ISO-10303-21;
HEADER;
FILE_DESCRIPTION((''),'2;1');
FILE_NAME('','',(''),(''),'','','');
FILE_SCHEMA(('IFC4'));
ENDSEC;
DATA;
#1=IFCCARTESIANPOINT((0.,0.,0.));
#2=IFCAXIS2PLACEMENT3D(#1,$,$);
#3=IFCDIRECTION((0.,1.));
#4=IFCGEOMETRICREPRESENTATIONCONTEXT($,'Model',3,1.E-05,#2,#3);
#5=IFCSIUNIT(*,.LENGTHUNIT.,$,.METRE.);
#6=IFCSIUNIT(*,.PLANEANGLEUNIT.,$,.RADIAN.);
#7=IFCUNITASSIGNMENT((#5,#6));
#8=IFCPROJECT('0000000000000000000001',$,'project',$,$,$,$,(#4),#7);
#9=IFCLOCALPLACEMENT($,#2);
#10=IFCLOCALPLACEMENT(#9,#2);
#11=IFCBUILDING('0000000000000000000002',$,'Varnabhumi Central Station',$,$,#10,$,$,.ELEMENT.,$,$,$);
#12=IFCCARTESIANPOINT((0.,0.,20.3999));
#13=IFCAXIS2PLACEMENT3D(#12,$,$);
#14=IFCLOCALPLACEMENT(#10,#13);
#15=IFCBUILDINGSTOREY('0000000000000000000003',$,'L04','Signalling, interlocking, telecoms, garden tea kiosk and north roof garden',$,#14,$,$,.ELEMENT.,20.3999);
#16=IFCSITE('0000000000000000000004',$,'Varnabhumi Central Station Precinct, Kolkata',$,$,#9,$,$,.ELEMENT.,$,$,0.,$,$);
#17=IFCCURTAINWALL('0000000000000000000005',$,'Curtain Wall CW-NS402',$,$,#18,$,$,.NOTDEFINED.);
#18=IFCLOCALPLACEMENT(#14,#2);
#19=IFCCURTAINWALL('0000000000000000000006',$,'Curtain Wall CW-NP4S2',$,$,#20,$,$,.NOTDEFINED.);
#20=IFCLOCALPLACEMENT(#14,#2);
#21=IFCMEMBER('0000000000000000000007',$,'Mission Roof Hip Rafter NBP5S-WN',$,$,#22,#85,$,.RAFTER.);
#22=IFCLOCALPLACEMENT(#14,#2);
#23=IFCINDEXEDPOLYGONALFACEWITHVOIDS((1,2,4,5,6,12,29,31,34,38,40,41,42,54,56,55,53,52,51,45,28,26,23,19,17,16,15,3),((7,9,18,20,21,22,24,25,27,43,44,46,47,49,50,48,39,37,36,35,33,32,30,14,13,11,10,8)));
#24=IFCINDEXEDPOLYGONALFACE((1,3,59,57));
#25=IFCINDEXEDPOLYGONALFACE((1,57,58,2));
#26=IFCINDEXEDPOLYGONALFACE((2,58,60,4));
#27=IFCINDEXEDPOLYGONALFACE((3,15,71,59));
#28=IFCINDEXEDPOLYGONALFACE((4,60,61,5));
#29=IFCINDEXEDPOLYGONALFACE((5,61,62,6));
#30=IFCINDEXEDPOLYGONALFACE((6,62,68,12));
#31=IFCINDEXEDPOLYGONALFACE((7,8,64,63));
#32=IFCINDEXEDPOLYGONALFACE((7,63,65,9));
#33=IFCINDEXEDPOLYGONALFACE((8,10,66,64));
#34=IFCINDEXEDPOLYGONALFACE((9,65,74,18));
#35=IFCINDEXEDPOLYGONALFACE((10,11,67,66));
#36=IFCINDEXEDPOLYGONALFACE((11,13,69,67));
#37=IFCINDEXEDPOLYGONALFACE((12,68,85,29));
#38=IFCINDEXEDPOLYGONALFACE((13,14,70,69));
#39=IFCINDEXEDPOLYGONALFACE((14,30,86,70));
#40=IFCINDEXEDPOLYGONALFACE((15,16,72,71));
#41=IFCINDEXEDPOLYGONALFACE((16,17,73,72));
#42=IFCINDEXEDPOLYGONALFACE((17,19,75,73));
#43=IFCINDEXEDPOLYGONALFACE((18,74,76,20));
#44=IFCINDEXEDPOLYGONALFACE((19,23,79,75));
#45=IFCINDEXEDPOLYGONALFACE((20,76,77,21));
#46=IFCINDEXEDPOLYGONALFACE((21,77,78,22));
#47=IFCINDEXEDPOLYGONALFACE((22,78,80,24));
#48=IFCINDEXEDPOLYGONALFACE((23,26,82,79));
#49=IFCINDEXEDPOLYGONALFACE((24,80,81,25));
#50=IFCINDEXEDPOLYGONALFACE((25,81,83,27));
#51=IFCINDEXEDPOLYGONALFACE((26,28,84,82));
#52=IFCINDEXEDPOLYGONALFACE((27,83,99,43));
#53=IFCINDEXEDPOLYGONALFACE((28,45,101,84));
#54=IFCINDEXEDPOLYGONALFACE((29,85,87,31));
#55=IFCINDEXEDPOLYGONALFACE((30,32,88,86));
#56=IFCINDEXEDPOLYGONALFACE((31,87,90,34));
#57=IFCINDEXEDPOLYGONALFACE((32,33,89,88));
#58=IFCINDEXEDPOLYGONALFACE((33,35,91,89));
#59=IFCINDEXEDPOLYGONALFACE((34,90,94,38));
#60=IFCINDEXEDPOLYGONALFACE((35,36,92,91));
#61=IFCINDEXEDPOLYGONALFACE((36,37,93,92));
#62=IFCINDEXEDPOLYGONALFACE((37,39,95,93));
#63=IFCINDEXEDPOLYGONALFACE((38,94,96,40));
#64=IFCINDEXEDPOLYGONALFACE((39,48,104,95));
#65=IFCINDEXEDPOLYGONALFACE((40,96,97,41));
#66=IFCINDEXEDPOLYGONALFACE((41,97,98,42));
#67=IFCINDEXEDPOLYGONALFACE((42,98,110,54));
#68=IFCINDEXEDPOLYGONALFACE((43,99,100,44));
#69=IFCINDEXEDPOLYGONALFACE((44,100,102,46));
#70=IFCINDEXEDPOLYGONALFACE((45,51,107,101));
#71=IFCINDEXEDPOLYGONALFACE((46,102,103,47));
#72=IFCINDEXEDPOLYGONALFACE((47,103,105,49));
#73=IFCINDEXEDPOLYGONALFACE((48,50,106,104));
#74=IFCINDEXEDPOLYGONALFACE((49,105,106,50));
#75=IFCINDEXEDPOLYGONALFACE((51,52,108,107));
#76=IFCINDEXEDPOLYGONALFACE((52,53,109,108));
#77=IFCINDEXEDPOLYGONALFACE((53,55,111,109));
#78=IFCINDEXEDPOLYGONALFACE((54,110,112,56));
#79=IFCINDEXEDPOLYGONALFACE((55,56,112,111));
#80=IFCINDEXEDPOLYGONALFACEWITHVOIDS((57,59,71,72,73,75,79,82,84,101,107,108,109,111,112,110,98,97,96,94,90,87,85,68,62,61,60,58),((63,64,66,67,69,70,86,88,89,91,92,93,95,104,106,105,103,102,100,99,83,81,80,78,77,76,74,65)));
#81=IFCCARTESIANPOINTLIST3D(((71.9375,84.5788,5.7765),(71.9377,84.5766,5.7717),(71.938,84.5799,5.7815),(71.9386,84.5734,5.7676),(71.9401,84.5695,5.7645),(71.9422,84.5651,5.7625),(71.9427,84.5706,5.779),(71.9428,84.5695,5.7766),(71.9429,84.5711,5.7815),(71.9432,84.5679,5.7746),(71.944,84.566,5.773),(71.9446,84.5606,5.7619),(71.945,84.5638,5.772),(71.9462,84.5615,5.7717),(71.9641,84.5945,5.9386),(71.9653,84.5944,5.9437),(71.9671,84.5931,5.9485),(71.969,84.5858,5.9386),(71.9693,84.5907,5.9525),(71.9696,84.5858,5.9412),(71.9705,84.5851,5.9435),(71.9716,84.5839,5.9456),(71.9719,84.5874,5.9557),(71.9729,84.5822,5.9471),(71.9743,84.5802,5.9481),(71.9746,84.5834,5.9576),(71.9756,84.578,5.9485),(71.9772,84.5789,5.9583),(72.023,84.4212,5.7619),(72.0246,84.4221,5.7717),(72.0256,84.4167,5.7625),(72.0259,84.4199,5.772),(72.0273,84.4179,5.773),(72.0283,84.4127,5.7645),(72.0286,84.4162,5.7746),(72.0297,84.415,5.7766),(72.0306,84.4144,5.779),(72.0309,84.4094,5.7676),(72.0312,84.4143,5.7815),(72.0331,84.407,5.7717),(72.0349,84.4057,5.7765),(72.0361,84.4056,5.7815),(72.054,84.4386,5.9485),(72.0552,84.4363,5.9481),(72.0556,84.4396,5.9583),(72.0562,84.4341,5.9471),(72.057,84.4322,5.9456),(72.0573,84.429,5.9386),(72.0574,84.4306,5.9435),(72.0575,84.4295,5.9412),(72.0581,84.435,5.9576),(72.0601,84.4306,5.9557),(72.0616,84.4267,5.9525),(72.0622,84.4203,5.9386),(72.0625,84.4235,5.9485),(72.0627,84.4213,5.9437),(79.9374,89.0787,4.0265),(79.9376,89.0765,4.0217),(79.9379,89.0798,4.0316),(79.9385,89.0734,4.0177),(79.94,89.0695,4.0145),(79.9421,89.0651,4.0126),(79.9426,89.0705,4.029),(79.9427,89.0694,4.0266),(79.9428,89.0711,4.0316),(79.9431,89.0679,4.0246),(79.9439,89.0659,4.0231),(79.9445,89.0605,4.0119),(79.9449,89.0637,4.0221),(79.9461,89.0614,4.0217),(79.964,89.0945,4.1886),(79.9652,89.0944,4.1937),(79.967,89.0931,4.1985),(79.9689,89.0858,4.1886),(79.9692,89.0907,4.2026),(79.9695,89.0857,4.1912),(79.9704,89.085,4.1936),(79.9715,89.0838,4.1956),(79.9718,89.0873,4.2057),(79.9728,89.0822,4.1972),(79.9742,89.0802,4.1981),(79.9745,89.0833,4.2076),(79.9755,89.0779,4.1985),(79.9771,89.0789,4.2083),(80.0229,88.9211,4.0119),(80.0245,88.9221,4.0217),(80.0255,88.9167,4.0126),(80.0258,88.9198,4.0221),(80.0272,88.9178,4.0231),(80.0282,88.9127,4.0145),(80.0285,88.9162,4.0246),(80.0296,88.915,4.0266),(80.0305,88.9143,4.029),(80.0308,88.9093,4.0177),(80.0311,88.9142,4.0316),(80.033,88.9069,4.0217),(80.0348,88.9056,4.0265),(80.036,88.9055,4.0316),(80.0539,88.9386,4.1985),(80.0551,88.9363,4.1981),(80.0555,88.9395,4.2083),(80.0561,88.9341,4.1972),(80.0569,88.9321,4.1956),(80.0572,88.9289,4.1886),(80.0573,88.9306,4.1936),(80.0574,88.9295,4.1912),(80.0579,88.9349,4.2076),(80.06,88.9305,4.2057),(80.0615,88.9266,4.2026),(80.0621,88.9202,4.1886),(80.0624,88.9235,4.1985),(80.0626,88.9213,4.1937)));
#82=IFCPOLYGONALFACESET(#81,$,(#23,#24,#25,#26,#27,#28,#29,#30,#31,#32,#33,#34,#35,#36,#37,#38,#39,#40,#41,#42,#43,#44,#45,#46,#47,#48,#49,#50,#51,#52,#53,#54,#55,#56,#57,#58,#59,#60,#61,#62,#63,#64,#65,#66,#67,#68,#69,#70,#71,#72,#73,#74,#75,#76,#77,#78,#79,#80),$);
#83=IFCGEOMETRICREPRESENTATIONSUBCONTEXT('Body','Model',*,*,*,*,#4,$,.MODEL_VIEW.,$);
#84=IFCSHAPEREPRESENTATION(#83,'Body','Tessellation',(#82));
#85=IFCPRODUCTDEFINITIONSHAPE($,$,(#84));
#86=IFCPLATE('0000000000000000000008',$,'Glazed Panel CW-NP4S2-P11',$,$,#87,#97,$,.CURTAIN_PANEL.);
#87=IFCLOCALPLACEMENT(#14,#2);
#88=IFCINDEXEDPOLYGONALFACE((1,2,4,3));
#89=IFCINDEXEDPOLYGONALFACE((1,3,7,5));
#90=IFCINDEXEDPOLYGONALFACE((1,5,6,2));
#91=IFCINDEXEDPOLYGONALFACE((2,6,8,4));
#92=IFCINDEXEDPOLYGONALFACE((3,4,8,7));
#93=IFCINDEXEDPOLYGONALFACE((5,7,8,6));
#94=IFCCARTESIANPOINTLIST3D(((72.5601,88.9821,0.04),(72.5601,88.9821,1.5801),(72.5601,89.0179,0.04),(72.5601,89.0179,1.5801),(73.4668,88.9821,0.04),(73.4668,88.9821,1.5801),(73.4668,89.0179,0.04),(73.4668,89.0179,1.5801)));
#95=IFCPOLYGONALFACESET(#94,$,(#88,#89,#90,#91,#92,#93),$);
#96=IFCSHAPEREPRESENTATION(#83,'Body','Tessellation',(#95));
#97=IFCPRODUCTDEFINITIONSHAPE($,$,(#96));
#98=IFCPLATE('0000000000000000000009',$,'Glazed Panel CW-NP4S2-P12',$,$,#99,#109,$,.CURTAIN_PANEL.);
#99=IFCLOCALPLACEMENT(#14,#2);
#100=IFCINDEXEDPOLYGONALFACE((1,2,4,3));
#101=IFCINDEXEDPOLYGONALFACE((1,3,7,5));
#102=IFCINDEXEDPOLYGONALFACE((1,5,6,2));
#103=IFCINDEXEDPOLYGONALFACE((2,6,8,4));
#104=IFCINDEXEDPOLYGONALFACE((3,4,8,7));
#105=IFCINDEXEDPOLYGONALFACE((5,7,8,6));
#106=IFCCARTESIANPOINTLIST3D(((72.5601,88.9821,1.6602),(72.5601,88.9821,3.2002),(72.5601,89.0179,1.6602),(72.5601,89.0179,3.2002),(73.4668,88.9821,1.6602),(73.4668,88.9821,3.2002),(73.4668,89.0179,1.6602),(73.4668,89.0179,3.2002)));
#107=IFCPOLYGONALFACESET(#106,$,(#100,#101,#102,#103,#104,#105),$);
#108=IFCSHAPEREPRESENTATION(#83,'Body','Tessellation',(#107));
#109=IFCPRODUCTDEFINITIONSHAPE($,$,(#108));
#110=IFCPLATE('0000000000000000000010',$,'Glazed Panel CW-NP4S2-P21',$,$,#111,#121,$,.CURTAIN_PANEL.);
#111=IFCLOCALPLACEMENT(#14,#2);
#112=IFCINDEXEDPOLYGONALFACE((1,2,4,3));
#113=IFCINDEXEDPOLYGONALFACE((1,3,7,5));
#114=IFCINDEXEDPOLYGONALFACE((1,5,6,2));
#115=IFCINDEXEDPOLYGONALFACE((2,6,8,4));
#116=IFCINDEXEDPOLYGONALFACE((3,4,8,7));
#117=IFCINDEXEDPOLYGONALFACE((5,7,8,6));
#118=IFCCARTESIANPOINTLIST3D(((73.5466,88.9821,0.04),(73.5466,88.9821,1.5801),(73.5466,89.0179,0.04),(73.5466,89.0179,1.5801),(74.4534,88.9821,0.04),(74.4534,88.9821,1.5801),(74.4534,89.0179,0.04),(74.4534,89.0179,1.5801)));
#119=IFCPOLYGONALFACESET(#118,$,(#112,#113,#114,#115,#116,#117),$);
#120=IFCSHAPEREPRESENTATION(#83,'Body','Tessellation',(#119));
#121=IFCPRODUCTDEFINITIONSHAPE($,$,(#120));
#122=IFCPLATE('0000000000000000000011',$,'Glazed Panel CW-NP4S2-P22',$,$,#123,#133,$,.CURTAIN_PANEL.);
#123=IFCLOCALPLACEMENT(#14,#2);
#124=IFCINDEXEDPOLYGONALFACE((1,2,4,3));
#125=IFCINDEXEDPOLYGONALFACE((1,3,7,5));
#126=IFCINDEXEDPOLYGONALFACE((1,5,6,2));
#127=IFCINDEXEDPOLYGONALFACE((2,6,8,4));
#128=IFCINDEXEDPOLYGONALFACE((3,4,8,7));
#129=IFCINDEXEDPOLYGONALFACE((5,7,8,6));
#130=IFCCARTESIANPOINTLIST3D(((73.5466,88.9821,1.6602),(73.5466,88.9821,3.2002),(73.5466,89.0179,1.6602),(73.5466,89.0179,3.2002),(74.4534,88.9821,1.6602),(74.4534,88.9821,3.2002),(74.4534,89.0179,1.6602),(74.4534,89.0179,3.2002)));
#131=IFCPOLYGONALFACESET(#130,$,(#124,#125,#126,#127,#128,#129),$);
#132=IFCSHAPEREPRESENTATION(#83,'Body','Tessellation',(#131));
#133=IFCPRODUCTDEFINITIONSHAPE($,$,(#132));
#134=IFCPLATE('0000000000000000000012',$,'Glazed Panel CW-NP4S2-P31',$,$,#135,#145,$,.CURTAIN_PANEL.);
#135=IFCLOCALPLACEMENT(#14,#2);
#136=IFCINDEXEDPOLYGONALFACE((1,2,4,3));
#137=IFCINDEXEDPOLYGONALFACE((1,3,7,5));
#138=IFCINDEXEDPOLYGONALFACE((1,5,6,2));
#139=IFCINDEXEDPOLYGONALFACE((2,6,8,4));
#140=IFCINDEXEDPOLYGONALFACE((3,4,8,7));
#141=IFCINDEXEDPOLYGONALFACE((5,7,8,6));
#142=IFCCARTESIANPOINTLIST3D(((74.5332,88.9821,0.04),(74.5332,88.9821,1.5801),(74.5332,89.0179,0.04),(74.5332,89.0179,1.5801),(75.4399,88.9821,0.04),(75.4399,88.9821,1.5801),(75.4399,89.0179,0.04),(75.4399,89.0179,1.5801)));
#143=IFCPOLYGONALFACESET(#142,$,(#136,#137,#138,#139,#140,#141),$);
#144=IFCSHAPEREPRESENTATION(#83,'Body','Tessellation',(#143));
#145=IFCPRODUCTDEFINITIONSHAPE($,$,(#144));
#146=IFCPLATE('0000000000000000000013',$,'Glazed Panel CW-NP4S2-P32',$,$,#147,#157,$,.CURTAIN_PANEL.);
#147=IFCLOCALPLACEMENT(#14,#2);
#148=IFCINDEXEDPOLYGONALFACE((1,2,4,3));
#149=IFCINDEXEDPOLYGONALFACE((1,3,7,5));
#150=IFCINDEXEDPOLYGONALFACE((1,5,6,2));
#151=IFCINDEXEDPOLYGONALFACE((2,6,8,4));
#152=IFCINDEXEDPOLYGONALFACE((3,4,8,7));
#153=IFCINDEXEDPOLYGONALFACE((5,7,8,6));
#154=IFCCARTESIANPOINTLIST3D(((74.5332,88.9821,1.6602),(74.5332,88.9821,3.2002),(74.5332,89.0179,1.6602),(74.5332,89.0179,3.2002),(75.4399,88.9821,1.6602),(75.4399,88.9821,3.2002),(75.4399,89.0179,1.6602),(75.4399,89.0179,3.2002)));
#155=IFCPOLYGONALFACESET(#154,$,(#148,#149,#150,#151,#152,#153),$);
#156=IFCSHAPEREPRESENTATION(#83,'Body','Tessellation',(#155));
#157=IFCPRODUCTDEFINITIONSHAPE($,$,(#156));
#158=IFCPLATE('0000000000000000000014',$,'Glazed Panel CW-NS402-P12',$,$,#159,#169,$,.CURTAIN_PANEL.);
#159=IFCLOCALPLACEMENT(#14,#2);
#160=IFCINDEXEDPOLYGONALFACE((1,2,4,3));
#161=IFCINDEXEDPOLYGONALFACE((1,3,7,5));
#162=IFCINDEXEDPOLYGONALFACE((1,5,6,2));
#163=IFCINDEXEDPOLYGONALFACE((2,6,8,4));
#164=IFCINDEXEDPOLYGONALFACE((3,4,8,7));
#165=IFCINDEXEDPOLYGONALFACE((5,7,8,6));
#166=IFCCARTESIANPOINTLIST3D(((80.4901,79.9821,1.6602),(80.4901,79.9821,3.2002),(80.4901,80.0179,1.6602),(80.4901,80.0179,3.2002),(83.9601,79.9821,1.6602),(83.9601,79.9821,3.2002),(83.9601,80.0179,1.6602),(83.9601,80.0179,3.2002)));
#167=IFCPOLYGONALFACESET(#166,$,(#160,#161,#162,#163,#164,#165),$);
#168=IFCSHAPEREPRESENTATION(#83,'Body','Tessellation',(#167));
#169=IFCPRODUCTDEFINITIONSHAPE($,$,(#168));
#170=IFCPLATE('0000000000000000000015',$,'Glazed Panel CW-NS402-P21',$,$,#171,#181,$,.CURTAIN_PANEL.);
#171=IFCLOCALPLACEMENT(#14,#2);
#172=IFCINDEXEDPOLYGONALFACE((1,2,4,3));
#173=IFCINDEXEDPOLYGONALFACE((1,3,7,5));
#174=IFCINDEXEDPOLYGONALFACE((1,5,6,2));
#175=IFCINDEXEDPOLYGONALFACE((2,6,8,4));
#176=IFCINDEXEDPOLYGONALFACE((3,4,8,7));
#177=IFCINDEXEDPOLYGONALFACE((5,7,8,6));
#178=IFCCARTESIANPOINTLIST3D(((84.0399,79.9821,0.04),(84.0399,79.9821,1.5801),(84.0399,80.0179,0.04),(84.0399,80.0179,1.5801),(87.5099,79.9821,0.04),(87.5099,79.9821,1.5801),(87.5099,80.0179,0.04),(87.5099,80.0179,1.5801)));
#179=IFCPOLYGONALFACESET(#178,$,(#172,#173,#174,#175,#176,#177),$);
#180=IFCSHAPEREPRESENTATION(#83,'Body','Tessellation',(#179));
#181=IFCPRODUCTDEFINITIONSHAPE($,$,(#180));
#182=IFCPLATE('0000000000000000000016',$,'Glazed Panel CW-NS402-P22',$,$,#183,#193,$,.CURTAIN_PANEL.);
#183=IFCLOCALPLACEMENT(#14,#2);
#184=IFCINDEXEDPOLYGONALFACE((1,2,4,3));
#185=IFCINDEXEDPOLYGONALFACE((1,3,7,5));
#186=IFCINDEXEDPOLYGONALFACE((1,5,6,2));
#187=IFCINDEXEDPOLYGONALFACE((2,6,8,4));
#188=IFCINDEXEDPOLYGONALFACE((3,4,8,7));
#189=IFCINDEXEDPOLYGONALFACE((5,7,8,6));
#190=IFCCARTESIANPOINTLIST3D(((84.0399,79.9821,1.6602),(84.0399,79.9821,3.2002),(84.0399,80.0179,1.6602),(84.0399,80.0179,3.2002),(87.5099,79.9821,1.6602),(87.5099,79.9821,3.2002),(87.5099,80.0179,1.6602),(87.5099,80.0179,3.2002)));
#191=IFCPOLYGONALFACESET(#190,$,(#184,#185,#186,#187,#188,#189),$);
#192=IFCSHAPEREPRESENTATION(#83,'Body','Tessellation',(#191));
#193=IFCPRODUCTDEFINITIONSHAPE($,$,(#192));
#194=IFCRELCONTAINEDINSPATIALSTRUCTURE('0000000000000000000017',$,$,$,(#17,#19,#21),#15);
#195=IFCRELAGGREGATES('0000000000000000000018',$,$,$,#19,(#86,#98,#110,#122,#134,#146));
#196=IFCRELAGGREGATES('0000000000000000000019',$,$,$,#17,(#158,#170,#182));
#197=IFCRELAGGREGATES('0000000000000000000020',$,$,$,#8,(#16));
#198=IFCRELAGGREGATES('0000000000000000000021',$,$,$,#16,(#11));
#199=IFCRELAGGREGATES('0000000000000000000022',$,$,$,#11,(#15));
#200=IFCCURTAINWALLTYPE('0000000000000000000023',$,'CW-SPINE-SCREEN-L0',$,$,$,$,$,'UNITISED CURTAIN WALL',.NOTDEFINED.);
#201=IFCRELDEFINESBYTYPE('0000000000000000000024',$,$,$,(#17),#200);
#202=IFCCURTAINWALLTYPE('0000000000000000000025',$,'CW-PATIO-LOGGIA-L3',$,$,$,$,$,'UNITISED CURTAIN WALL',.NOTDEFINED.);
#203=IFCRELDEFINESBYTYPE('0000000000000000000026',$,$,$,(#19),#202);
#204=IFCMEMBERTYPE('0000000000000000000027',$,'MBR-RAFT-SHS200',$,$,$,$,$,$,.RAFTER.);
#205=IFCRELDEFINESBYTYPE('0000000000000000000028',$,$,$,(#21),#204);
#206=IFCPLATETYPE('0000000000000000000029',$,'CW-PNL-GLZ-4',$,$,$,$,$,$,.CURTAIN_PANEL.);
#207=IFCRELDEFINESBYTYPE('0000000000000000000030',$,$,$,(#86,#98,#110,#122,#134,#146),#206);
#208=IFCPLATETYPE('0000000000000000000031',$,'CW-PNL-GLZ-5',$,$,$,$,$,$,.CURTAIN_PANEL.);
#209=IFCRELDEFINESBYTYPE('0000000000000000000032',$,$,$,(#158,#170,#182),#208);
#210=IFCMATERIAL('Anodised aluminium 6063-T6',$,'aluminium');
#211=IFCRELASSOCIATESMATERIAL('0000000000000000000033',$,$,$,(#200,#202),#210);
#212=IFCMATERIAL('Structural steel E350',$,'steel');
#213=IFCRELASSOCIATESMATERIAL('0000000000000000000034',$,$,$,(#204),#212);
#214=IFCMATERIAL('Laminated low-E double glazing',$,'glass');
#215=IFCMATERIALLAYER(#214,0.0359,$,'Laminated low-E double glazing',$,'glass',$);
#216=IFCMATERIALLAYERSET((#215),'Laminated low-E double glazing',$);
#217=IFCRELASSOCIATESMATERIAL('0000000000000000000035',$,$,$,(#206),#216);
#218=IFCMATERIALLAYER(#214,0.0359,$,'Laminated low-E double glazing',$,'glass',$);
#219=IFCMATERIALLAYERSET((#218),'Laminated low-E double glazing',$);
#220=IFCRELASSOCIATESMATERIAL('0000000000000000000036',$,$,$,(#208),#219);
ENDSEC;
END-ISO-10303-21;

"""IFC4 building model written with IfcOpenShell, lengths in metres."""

from ifc_helpers import new_model, si_unit, direction, frame, origin, origin_2d, place, context, subcontext, project, spatial, rectangle, hollow_rectangle, extrude, material, layer, layer_set, material_profile, profile_set, type_object, element, aggregate, save


model = new_model("IFC4")

# Units and contexts
model_context = context("Model", 3, precision=1e-05, world=origin(), true_north=direction((0.0, 1.0)))
body_context = subcontext(model_context, "Body", "Model", "MODEL_VIEW")
ifc_project = project(units=[si_unit("LENGTHUNIT", "METRE"), si_unit("PLANEANGLEUNIT", "RADIAN")], contexts=[model_context])

# Site, building, storey
site_placement = place(None, origin())
site = spatial("IfcSite", under=ifc_project, at=site_placement, Name="Varnabhumi Central Station Precinct, Kolkata", CompositionType="ELEMENT", RefElevation=0.0)
building_placement = place(site_placement, origin())
building = spatial("IfcBuilding", under=site, at=building_placement, Name="Varnabhumi Central Station", CompositionType="ELEMENT")
storey_placement = place(building_placement, frame((0.0, 0.0, 20.3999)))
storey = spatial("IfcBuildingStorey", under=building, at=storey_placement, Name="L04", Description="Signalling, interlocking, telecoms, garden tea kiosk and north roof garden", CompositionType="ELEMENT", Elevation=20.3999)

# Shared definitions
ifc_material_1 = material(Name="Structural steel E350", Category="steel")

# Curtain walls
ifc_material_2 = material(Name="Anodised aluminium 6063-T6", Category="aluminium")
curtain_wall_type_1 = type_object("IfcCurtainWallType", Name="CW-SPINE-SCREEN-L0", ElementType="UNITISED CURTAIN WALL", PredefinedType="NOTDEFINED", material=ifc_material_2)
curtain_wall_1_placement = place(storey_placement, origin())
curtain_wall_1 = element("IfcCurtainWall", 1, at=curtain_wall_1_placement, inside=storey, type_object=curtain_wall_type_1, Name="Curtain Wall CW-NS402", PredefinedType="NOTDEFINED")
curtain_wall_type_2 = type_object("IfcCurtainWallType", Name="CW-PATIO-LOGGIA-L3", ElementType="UNITISED CURTAIN WALL", PredefinedType="NOTDEFINED", material=ifc_material_2)
curtain_wall_2_placement = place(storey_placement, origin())
curtain_wall_2 = element("IfcCurtainWall", 2, at=curtain_wall_2_placement, inside=storey, type_object=curtain_wall_type_2, Name="Curtain Wall CW-NP4S2", PredefinedType="NOTDEFINED")

# Member
ifc_material_profile_1 = material_profile(ifc_material_1, hollow_rectangle(XDim=0.2, YDim=0.2, WallThickness=0.01, InnerFilletRadius=0.01, OuterFilletRadius=0.02, at=origin_2d()), Name="Structural steel E350", Category="steel")
ifc_profile_set_1 = profile_set([ifc_material_profile_1], Name="Structural steel E350")
member_type_1 = type_object("IfcMemberType", Name="MBR-RAFT-SHS200", PredefinedType="RAFTER", material=ifc_profile_set_1)
member_1_placement = place(storey_placement, frame((80.0, 89.0, 4.1101), z_axis=(-0.856154, -0.481586, 0.187284), x_axis=(0.490261, -0.871576, 0.0)))
element("IfcMember", 3, at=member_1_placement, inside=storey, type_object=member_type_1, Name="Mission Roof Hip Rafter NBP5S-WN", PredefinedType="RAFTER", context=body_context, shape_type="SweptSolid", body=[
    extrude(hollow_rectangle(XDim=0.2, YDim=0.2, WallThickness=0.01, InnerFilletRadius=0.01, OuterFilletRadius=0.02, at=origin_2d()), origin(), (0.0, 0.0, 1.0), 9.344),
])

# Plates
ifc_material_3 = material(Name="Laminated low-E double glazing", Category="glass")
ifc_layer_1 = layer(ifc_material_3, 0.0359, Name="Laminated low-E double glazing", Category="glass")
ifc_layer_set_1 = layer_set([ifc_layer_1], Name="Laminated low-E double glazing")
plate_type_1 = type_object("IfcPlateType", Name="CW-PNL-GLZ-4", PredefinedType="CURTAIN_PANEL", material=ifc_layer_set_1)
plate_1_placement = place(storey_placement, frame((73.0134, 89.0, 0.04), z_axis=(0.0, 0.0, 1.0), x_axis=(1.0, 0.0, 0.0)))
plate_1 = element("IfcPlate", 4, at=plate_1_placement, type_object=plate_type_1, Name="Glazed Panel CW-NP4S2-P11", PredefinedType="CURTAIN_PANEL", context=body_context, shape_type="SweptSolid", body=[
    extrude(rectangle(XDim=0.9067, YDim=0.0359, at=origin_2d()), origin(), (0.0, 0.0, 1.0), 1.54),
])
plate_2_placement = place(storey_placement, frame((73.0134, 89.0, 1.6602), z_axis=(0.0, 0.0, 1.0), x_axis=(1.0, 0.0, 0.0)))
plate_2 = element("IfcPlate", 5, at=plate_2_placement, type_object=plate_type_1, Name="Glazed Panel CW-NP4S2-P12", PredefinedType="CURTAIN_PANEL", context=body_context, shape_type="SweptSolid", body=[
    extrude(rectangle(XDim=0.9067, YDim=0.0359, at=origin_2d()), origin(), (0.0, 0.0, 1.0), 1.54),
])
plate_3_placement = place(storey_placement, frame((74.0, 89.0, 0.04), z_axis=(0.0, 0.0, 1.0), x_axis=(1.0, 0.0, 0.0)))
plate_3 = element("IfcPlate", 6, at=plate_3_placement, type_object=plate_type_1, Name="Glazed Panel CW-NP4S2-P21", PredefinedType="CURTAIN_PANEL", context=body_context, shape_type="SweptSolid", body=[
    extrude(rectangle(XDim=0.9067, YDim=0.0359, at=origin_2d()), origin(), (0.0, 0.0, 1.0), 1.54),
])
plate_4_placement = place(storey_placement, frame((74.0, 89.0, 1.6602), z_axis=(0.0, 0.0, 1.0), x_axis=(1.0, 0.0, 0.0)))
plate_4 = element("IfcPlate", 7, at=plate_4_placement, type_object=plate_type_1, Name="Glazed Panel CW-NP4S2-P22", PredefinedType="CURTAIN_PANEL", context=body_context, shape_type="SweptSolid", body=[
    extrude(rectangle(XDim=0.9067, YDim=0.0359, at=origin_2d()), origin(), (0.0, 0.0, 1.0), 1.54),
])
plate_5_placement = place(storey_placement, frame((74.9866, 89.0, 0.04), z_axis=(0.0, 0.0, 1.0), x_axis=(1.0, 0.0, 0.0)))
plate_5 = element("IfcPlate", 8, at=plate_5_placement, type_object=plate_type_1, Name="Glazed Panel CW-NP4S2-P31", PredefinedType="CURTAIN_PANEL", context=body_context, shape_type="SweptSolid", body=[
    extrude(rectangle(XDim=0.9067, YDim=0.0359, at=origin_2d()), origin(), (0.0, 0.0, 1.0), 1.54),
])
plate_6_placement = place(storey_placement, frame((74.9866, 89.0, 1.6602), z_axis=(0.0, 0.0, 1.0), x_axis=(1.0, 0.0, 0.0)))
plate_6 = element("IfcPlate", 9, at=plate_6_placement, type_object=plate_type_1, Name="Glazed Panel CW-NP4S2-P32", PredefinedType="CURTAIN_PANEL", context=body_context, shape_type="SweptSolid", body=[
    extrude(rectangle(XDim=0.9067, YDim=0.0359, at=origin_2d()), origin(), (0.0, 0.0, 1.0), 1.54),
])
aggregate(curtain_wall_2, [plate_1, plate_2, plate_3, plate_4, plate_5, plate_6])
ifc_layer_2 = layer(ifc_material_3, 0.0359, Name="Laminated low-E double glazing", Category="glass")
ifc_layer_set_2 = layer_set([ifc_layer_2], Name="Laminated low-E double glazing")
plate_type_2 = type_object("IfcPlateType", Name="CW-PNL-GLZ-5", PredefinedType="CURTAIN_PANEL", material=ifc_layer_set_2)
plate_7_placement = place(storey_placement, frame((82.2251, 80.0, 1.6602), z_axis=(0.0, 0.0, 1.0), x_axis=(1.0, 0.0, 0.0)))
plate_7 = element("IfcPlate", 10, at=plate_7_placement, type_object=plate_type_2, Name="Glazed Panel CW-NS402-P12", PredefinedType="CURTAIN_PANEL", context=body_context, shape_type="SweptSolid", body=[
    extrude(rectangle(XDim=3.47, YDim=0.0359, at=origin_2d()), origin(), (0.0, 0.0, 1.0), 1.54),
])
plate_8_placement = place(storey_placement, frame((85.7749, 80.0, 0.04), z_axis=(0.0, 0.0, 1.0), x_axis=(1.0, 0.0, 0.0)))
plate_8 = element("IfcPlate", 11, at=plate_8_placement, type_object=plate_type_2, Name="Glazed Panel CW-NS402-P21", PredefinedType="CURTAIN_PANEL", context=body_context, shape_type="SweptSolid", body=[
    extrude(rectangle(XDim=3.47, YDim=0.0359, at=origin_2d()), origin(), (0.0, 0.0, 1.0), 1.54),
])
plate_9_placement = place(storey_placement, frame((85.7749, 80.0, 1.6602), z_axis=(0.0, 0.0, 1.0), x_axis=(1.0, 0.0, 0.0)))
plate_9 = element("IfcPlate", 12, at=plate_9_placement, type_object=plate_type_2, Name="Glazed Panel CW-NS402-P22", PredefinedType="CURTAIN_PANEL", context=body_context, shape_type="SweptSolid", body=[
    extrude(rectangle(XDim=3.47, YDim=0.0359, at=origin_2d()), origin(), (0.0, 0.0, 1.0), 1.54),
])
aggregate(curtain_wall_1, [plate_7, plate_8, plate_9])

save(model, "model.ifc")
